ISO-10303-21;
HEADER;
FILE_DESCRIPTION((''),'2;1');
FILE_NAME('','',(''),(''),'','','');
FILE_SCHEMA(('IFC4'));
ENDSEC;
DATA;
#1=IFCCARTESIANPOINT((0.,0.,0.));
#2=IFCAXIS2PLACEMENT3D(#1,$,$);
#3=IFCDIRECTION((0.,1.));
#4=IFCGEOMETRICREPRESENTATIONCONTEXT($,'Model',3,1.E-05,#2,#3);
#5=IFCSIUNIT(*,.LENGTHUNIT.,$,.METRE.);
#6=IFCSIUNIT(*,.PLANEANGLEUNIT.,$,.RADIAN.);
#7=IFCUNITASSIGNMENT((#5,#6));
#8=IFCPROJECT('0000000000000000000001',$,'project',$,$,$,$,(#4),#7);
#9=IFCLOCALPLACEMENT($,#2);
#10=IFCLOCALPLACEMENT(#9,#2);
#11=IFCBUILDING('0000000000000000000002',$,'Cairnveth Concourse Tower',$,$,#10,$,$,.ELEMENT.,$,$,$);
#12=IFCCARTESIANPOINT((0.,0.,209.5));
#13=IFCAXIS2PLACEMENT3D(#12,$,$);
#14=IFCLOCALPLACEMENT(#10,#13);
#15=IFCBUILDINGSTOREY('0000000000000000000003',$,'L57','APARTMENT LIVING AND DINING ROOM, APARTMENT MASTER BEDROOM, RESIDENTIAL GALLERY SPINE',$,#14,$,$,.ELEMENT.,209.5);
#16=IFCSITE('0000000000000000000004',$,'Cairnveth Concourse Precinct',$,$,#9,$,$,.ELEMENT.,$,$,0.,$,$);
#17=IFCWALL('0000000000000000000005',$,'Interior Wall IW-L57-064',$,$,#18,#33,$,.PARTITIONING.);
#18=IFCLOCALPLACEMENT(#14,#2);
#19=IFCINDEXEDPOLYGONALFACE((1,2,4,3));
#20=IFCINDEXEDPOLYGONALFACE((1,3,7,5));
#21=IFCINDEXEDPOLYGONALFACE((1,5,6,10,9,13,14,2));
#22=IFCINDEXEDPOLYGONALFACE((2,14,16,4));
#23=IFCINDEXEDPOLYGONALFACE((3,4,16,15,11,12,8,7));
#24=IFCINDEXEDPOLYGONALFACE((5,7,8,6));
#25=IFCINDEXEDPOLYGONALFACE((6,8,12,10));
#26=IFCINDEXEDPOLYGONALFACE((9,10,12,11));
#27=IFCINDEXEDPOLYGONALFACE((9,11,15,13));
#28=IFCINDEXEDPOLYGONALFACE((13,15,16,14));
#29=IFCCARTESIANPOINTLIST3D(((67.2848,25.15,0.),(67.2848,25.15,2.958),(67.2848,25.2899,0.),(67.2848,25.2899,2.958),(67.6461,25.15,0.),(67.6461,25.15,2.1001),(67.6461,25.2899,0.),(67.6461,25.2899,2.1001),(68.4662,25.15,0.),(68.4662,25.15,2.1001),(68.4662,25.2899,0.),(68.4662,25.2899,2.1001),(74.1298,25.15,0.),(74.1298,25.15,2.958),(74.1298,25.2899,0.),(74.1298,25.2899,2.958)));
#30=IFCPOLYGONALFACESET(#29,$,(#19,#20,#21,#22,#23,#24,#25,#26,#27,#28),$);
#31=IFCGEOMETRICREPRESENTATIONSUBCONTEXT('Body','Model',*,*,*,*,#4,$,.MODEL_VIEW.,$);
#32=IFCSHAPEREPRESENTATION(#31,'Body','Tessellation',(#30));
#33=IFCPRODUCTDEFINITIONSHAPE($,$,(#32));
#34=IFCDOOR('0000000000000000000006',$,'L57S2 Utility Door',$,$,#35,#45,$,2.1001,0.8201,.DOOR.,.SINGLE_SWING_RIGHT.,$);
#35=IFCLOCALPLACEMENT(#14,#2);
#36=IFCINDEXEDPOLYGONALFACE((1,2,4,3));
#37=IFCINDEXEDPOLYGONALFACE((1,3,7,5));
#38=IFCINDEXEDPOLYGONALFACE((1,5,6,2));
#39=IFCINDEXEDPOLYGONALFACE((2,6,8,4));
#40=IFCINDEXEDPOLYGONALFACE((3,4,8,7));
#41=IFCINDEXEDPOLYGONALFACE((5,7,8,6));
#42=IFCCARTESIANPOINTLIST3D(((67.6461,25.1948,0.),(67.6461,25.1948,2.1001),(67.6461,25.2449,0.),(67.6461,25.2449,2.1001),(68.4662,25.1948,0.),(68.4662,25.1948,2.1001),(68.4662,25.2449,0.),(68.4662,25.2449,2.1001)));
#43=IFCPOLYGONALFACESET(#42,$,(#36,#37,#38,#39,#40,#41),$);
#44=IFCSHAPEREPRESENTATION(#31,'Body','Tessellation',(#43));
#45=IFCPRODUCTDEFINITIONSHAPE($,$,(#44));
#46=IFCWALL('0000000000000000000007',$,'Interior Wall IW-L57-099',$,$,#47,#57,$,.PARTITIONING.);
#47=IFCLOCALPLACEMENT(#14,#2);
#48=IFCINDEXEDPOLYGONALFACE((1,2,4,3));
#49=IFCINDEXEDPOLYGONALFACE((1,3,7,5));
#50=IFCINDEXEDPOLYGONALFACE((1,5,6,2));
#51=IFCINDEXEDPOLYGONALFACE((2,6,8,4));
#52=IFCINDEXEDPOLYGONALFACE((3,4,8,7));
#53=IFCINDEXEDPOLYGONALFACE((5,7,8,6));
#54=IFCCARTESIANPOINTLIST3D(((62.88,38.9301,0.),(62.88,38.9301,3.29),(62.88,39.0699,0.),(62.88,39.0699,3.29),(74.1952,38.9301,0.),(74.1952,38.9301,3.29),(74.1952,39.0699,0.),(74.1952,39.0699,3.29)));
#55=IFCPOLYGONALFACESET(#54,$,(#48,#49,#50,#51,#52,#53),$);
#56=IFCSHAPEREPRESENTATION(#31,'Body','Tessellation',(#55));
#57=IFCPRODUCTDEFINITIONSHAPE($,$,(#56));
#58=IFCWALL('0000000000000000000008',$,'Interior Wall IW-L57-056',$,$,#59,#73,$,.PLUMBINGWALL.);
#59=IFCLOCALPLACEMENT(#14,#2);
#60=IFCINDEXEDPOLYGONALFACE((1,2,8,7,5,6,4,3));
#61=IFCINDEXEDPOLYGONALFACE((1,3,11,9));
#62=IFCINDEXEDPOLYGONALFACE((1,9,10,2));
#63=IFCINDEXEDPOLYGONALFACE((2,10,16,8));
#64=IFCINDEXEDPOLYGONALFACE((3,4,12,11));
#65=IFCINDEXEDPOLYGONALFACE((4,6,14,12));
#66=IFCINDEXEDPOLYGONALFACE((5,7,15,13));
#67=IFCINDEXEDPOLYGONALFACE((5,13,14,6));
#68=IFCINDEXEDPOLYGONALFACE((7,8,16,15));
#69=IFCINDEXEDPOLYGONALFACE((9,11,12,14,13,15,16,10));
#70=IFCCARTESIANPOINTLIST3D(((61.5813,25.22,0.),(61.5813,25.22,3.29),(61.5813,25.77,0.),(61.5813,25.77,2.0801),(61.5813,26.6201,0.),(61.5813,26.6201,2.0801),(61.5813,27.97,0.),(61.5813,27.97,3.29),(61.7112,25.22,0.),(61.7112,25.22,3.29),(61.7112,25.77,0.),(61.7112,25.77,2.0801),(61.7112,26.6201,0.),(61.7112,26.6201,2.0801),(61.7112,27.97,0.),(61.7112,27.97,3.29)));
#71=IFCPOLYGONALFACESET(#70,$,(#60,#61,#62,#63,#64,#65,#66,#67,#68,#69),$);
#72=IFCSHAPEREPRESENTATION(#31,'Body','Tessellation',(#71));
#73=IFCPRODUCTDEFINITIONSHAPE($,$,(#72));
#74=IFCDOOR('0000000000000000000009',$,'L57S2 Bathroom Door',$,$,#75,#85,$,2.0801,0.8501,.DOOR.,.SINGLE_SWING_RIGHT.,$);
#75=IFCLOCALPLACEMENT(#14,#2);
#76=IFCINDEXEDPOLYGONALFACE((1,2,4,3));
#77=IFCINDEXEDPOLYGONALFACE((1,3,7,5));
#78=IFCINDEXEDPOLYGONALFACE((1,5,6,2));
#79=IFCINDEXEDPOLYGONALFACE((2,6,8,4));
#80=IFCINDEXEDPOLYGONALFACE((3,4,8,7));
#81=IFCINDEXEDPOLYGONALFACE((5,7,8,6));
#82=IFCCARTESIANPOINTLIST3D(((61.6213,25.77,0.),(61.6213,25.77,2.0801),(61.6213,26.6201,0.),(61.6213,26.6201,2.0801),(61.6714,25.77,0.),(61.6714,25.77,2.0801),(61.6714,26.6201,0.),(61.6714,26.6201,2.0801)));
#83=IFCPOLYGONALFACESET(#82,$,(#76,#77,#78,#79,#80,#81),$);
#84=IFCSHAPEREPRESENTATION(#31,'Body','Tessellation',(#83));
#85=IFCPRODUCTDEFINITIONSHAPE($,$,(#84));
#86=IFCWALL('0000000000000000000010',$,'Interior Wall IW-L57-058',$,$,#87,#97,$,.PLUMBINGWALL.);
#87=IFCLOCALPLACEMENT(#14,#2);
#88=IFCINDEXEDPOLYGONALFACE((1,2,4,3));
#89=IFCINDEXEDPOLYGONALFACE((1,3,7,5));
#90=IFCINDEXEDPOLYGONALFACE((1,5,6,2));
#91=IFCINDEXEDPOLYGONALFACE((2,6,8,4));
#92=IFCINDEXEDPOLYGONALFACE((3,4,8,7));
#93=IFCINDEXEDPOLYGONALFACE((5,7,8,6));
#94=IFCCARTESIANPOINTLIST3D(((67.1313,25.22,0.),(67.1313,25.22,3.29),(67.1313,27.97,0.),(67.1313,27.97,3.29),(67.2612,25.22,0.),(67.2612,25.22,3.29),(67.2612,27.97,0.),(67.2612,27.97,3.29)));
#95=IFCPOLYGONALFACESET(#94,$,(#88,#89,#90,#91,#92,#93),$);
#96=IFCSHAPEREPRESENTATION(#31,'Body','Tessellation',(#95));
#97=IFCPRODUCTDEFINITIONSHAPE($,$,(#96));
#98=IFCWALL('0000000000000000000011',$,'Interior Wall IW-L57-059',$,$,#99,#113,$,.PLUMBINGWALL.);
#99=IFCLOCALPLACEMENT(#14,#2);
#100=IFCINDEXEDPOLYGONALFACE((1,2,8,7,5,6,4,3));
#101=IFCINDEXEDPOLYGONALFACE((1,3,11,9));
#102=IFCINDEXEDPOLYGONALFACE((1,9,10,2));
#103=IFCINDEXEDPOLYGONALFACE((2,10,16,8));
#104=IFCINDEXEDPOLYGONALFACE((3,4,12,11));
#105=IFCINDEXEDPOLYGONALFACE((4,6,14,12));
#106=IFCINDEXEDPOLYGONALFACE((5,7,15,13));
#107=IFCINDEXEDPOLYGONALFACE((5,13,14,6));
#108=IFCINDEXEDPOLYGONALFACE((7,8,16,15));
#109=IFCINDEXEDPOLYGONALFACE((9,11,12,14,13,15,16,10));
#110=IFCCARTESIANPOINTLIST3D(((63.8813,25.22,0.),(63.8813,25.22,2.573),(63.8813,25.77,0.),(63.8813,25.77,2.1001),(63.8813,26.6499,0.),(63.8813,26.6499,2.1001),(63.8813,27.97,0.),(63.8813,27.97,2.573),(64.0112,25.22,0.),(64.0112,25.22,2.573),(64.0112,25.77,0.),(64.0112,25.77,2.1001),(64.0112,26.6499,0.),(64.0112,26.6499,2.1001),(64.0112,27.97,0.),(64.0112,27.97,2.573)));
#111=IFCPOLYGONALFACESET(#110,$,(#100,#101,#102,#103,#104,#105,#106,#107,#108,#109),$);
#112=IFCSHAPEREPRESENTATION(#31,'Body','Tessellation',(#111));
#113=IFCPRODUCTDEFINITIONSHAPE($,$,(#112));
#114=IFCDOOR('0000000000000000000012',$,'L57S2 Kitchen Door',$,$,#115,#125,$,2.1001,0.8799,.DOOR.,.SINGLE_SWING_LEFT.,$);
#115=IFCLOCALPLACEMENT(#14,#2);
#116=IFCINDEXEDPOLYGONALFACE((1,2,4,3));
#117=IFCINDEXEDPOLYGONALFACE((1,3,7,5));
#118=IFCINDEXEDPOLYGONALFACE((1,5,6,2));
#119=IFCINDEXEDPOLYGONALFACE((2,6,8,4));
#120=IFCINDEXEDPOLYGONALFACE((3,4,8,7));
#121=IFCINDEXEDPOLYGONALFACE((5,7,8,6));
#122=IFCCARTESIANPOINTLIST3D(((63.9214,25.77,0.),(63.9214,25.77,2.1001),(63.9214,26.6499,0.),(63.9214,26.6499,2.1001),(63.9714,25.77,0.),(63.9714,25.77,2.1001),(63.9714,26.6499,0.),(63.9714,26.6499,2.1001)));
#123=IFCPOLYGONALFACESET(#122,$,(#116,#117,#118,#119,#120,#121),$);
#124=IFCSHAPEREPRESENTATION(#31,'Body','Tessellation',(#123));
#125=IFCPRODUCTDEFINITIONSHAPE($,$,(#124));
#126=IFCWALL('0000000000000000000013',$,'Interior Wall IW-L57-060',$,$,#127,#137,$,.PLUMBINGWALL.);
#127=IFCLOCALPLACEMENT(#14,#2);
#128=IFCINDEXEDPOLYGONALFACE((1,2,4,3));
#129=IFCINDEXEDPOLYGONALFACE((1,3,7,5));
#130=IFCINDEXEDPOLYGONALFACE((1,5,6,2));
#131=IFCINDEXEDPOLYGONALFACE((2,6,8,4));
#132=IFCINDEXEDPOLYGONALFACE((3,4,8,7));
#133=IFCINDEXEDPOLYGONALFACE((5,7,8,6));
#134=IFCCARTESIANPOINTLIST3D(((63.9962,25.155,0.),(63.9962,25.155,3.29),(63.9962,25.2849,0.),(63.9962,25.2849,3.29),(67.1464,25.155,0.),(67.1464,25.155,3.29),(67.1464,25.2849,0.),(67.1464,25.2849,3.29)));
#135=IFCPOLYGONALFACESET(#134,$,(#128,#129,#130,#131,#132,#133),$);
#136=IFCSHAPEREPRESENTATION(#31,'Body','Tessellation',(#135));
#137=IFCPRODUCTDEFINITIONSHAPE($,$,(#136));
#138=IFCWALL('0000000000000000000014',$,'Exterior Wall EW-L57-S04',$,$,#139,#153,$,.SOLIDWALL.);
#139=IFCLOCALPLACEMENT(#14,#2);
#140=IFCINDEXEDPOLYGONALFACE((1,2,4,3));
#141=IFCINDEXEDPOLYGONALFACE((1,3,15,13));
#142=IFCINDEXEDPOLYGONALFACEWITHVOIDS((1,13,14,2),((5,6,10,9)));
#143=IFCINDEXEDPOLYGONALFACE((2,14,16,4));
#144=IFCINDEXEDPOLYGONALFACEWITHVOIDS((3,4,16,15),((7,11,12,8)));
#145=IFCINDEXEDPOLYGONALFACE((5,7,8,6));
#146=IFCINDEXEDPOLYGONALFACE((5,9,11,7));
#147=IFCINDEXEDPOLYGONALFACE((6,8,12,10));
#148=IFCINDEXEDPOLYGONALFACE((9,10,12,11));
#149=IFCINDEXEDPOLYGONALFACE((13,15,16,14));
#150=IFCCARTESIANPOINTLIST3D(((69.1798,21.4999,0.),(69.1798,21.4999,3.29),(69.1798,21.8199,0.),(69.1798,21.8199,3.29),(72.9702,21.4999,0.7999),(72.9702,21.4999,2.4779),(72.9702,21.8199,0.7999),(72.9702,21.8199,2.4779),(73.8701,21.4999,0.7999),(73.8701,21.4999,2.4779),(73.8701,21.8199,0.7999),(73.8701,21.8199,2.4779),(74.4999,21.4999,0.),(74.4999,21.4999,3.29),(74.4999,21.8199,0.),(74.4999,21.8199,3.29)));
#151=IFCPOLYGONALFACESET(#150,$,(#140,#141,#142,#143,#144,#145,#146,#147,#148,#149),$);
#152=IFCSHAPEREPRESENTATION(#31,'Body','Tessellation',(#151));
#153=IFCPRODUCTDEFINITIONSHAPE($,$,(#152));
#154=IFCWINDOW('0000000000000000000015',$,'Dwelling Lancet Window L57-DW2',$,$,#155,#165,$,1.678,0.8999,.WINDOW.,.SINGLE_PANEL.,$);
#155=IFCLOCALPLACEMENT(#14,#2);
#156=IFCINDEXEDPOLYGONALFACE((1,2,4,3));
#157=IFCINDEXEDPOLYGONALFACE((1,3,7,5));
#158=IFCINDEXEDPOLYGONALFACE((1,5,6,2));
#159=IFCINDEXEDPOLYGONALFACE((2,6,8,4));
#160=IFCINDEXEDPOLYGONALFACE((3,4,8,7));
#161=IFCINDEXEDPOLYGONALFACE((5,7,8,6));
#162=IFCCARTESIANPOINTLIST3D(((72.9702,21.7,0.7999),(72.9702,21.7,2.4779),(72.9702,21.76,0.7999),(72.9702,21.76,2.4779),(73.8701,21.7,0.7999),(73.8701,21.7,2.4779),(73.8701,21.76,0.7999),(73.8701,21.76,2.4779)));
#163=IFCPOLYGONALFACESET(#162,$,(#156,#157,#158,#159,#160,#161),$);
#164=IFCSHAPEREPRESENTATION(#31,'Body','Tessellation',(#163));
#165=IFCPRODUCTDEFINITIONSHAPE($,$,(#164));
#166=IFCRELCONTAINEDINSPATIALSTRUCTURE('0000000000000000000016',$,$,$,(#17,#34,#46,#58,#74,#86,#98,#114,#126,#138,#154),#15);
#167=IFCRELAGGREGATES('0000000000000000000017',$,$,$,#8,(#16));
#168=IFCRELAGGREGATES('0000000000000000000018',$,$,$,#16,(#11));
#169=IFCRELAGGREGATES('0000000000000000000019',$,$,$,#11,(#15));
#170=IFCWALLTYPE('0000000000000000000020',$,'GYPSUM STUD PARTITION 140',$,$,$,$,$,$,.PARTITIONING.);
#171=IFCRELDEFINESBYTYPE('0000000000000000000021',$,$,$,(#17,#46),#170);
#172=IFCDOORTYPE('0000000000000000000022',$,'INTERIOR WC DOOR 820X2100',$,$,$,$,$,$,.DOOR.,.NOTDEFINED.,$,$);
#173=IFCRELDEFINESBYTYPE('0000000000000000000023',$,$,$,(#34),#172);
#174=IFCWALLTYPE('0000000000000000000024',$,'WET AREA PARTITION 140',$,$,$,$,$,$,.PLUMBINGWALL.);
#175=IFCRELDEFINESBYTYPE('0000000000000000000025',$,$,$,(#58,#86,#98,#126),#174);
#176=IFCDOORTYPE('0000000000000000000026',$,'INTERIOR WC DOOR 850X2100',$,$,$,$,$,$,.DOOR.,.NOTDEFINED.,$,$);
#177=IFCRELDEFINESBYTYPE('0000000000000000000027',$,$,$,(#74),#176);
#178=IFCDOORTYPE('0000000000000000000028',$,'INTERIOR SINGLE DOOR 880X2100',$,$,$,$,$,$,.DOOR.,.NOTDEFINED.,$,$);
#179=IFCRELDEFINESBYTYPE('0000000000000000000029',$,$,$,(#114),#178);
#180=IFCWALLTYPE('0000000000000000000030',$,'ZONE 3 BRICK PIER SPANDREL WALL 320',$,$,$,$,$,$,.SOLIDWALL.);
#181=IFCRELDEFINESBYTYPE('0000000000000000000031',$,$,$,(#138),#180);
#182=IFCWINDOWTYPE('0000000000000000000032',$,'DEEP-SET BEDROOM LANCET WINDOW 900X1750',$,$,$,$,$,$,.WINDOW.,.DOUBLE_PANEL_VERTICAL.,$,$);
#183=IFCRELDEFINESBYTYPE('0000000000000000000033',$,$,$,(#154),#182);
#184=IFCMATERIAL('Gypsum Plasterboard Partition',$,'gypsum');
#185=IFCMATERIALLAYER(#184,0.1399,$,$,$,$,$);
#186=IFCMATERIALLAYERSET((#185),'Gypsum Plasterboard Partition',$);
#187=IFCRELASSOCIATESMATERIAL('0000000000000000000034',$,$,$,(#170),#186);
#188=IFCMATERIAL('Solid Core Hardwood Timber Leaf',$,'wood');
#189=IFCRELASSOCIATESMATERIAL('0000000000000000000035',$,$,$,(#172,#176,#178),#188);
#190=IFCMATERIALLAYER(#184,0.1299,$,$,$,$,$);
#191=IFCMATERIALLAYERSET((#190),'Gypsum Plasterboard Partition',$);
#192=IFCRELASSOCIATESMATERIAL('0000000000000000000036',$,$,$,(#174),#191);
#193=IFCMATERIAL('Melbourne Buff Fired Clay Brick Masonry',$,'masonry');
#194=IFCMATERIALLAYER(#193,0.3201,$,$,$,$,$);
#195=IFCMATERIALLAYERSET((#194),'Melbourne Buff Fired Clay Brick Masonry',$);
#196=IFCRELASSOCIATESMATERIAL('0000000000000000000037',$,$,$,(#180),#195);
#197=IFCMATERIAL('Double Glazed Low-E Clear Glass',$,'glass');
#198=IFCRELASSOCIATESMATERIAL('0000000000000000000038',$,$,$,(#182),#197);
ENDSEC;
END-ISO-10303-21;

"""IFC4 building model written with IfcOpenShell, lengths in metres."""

from ifc_helpers import new_model, si_unit, direction, frame, frame_2d, origin, place, context, subcontext, project, spatial, rectangle, extrude, material, layer, layer_set, type_object, element, fill, save


model = new_model("IFC4")

# Units and contexts
model_context = context("Model", 3, precision=1e-05, world=origin(), true_north=direction((0.0, 1.0)))
body_context = subcontext(model_context, "Body", "Model", "MODEL_VIEW")
ifc_project = project(units=[si_unit("LENGTHUNIT", "METRE"), si_unit("PLANEANGLEUNIT", "RADIAN")], contexts=[model_context])

# Site, building, storey
site_placement = place(None, origin())
site = spatial("IfcSite", under=ifc_project, at=site_placement, Name="Cairnveth Concourse Precinct", CompositionType="ELEMENT", RefElevation=0.0)
building_placement = place(site_placement, origin())
building = spatial("IfcBuilding", under=site, at=building_placement, Name="Cairnveth Concourse Tower", CompositionType="ELEMENT")
storey_placement = place(building_placement, frame((0.0, 0.0, 209.5)))
storey = spatial("IfcBuildingStorey", under=building, at=storey_placement, Name="L57", Description="APARTMENT LIVING AND DINING ROOM, APARTMENT MASTER BEDROOM, RESIDENTIAL GALLERY SPINE", CompositionType="ELEMENT", Elevation=209.5)

# Shared definitions
ifc_material_1 = material(Name="Gypsum Plasterboard Partition", Category="gypsum")
ifc_material_2 = material(Name="Solid Core Hardwood Timber Leaf", Category="wood")

# Wall, opening, door
ifc_layer_1 = layer(ifc_material_1, 0.1399)
ifc_layer_set_1 = layer_set([ifc_layer_1], Name="Gypsum Plasterboard Partition")
wall_type_1 = type_object("IfcWallType", Name="GYPSUM STUD PARTITION 140", PredefinedType="PARTITIONING", material=ifc_layer_set_1)
wall_1_placement = place(storey_placement, frame((67.2849, 25.22, 0.0), z_axis=(0.0, 0.0, 1.0), x_axis=(1.0, 0.0, 0.0)))
wall_1 = element("IfcWall", 1, at=wall_1_placement, inside=storey, type_object=wall_type_1, Name="Interior Wall IW-L57-064", PredefinedType="PARTITIONING", context=body_context, shape_type="SweptSolid", body=[
    extrude(rectangle(XDim=6.845, YDim=0.1399, at=frame_2d((3.4224, 0.0))), origin(), (0.0, 0.0, 1.0), 2.958),
])
opening_1_placement = place(wall_1_placement, frame((0.3611, 0.0, 0.0)))
opening_1 = element("IfcOpeningElement", 2, at=opening_1_placement, cuts=wall_1, PredefinedType="OPENING", context=body_context, shape_type="SweptSolid", body=[
    extrude(rectangle(XDim=0.8201, YDim=2.1001, at=frame_2d((0.4102, 1.05))), frame((0.0, 0.0798, 0.0), z_axis=(0.0, -1.0, 0.0), x_axis=(1.0, 0.0, 0.0)), (0.0, 0.0, 1.0), 0.1599),
])
door_type_1 = type_object("IfcDoorType", Name="INTERIOR WC DOOR 820X2100", OperationType="NOTDEFINED", PredefinedType="DOOR", material=ifc_material_2)
door_1_placement = place(opening_1_placement, origin())
door_1 = element("IfcDoor", 3, at=door_1_placement, inside=storey, type_object=door_type_1, Name="L57S2 Utility Door", OperationType="SINGLE_SWING_RIGHT", OverallHeight=2.1001, OverallWidth=0.8201, PredefinedType="DOOR", context=body_context, shape_type="SweptSolid", body=[
    extrude(rectangle(XDim=0.8201, YDim=2.1001, at=frame_2d((0.4102, 1.05))), frame((0.0, 0.0249, 0.0), z_axis=(0.0, -1.0, 0.0), x_axis=(1.0, 0.0, 0.0)), (0.0, 0.0, 1.0), 0.05),
])
fill(opening_1, door_1)

# Wall
wall_2_placement = place(storey_placement, frame((62.8799, 39.0, 0.0), z_axis=(0.0, 0.0, 1.0), x_axis=(1.0, 0.0, 0.0)))
element("IfcWall", 4, at=wall_2_placement, inside=storey, type_object=wall_type_1, Name="Interior Wall IW-L57-099", PredefinedType="PARTITIONING", context=body_context, shape_type="SweptSolid", body=[
    extrude(rectangle(XDim=11.3152, YDim=0.1399, at=frame_2d((5.6577, 0.0))), origin(), (0.0, 0.0, 1.0), 3.29),
])

# Wall, opening, door
ifc_layer_2 = layer(ifc_material_1, 0.1299)
ifc_layer_set_2 = layer_set([ifc_layer_2], Name="Gypsum Plasterboard Partition")
wall_type_2 = type_object("IfcWallType", Name="WET AREA PARTITION 140", PredefinedType="PLUMBINGWALL", material=ifc_layer_set_2)
wall_3_placement = place(storey_placement, frame((61.6462, 25.22, 0.0), z_axis=(0.0, 0.0, 1.0), x_axis=(0.0, 1.0, 0.0)))
wall_3 = element("IfcWall", 5, at=wall_3_placement, inside=storey, type_object=wall_type_2, Name="Interior Wall IW-L57-056", PredefinedType="PLUMBINGWALL", context=body_context, shape_type="SweptSolid", body=[
    extrude(rectangle(XDim=2.75, YDim=0.1299, at=frame_2d((1.375, 0.0))), origin(), (0.0, 0.0, 1.0), 3.29),
])
opening_2_placement = place(wall_3_placement, frame((0.55, 0.0, 0.0)))
opening_2 = element("IfcOpeningElement", 6, at=opening_2_placement, cuts=wall_3, PredefinedType="OPENING", context=body_context, shape_type="SweptSolid", body=[
    extrude(rectangle(XDim=0.8501, YDim=2.0801, at=frame_2d((0.425, 1.04))), frame((0.0, 0.075, 0.0), z_axis=(0.0, -1.0, 0.0), x_axis=(1.0, 0.0, 0.0)), (0.0, 0.0, 1.0), 0.1499),
])
door_type_2 = type_object("IfcDoorType", Name="INTERIOR WC DOOR 850X2100", OperationType="NOTDEFINED", PredefinedType="DOOR", material=ifc_material_2)
door_2_placement = place(opening_2_placement, origin())
door_2 = element("IfcDoor", 7, at=door_2_placement, inside=storey, type_object=door_type_2, Name="L57S2 Bathroom Door", OperationType="SINGLE_SWING_RIGHT", OverallHeight=2.0801, OverallWidth=0.8501, PredefinedType="DOOR", context=body_context, shape_type="SweptSolid", body=[
    extrude(rectangle(XDim=0.8501, YDim=2.0801, at=frame_2d((0.425, 1.04))), frame((0.0, 0.0249, 0.0), z_axis=(0.0, -1.0, 0.0), x_axis=(1.0, 0.0, 0.0)), (0.0, 0.0, 1.0), 0.05),
])
fill(opening_2, door_2)

# Wall
wall_4_placement = place(storey_placement, frame((67.1963, 25.22, 0.0), z_axis=(0.0, 0.0, 1.0), x_axis=(0.0, 1.0, 0.0)))
element("IfcWall", 8, at=wall_4_placement, inside=storey, type_object=wall_type_2, Name="Interior Wall IW-L57-058", PredefinedType="PLUMBINGWALL", context=body_context, shape_type="SweptSolid", body=[
    extrude(rectangle(XDim=2.75, YDim=0.1299, at=frame_2d((1.375, 0.0))), origin(), (0.0, 0.0, 1.0), 3.29),
])

# Wall, opening, door
wall_5_placement = place(storey_placement, frame((63.9463, 25.22, 0.0), z_axis=(0.0, 0.0, 1.0), x_axis=(0.0, 1.0, 0.0)))
wall_5 = element("IfcWall", 9, at=wall_5_placement, inside=storey, type_object=wall_type_2, Name="Interior Wall IW-L57-059", PredefinedType="PLUMBINGWALL", context=body_context, shape_type="SweptSolid", body=[
    extrude(rectangle(XDim=2.75, YDim=0.1299, at=frame_2d((1.375, 0.0))), origin(), (0.0, 0.0, 1.0), 2.573),
])
opening_3_placement = place(wall_5_placement, frame((0.55, 0.0, 0.0)))
opening_3 = element("IfcOpeningElement", 10, at=opening_3_placement, cuts=wall_5, PredefinedType="OPENING", context=body_context, shape_type="SweptSolid", body=[
    extrude(rectangle(XDim=0.8799, YDim=2.1001, at=frame_2d((0.4399, 1.05))), frame((0.0, 0.075, 0.0), z_axis=(0.0, -1.0, 0.0), x_axis=(1.0, 0.0, 0.0)), (0.0, 0.0, 1.0), 0.1499),
])
door_type_3 = type_object("IfcDoorType", Name="INTERIOR SINGLE DOOR 880X2100", OperationType="NOTDEFINED", PredefinedType="DOOR", material=ifc_material_2)
door_3_placement = place(opening_3_placement, origin())
door_3 = element("IfcDoor", 11, at=door_3_placement, inside=storey, type_object=door_type_3, Name="L57S2 Kitchen Door", OperationType="SINGLE_SWING_LEFT", OverallHeight=2.1001, OverallWidth=0.8799, PredefinedType="DOOR", context=body_context, shape_type="SweptSolid", body=[
    extrude(rectangle(XDim=0.8799, YDim=2.1001, at=frame_2d((0.4399, 1.05))), frame((0.0, 0.0249, 0.0), z_axis=(0.0, -1.0, 0.0), x_axis=(1.0, 0.0, 0.0)), (0.0, 0.0, 1.0), 0.05),
])
fill(opening_3, door_3)

# Wall
wall_6_placement = place(storey_placement, frame((63.9961, 25.22, 0.0), z_axis=(0.0, 0.0, 1.0), x_axis=(1.0, 0.0, 0.0)))
element("IfcWall", 12, at=wall_6_placement, inside=storey, type_object=wall_type_2, Name="Interior Wall IW-L57-060", PredefinedType="PLUMBINGWALL", context=body_context, shape_type="SweptSolid", body=[
    extrude(rectangle(XDim=3.1501, YDim=0.1299, at=frame_2d((1.5752, 0.0))), origin(), (0.0, 0.0, 1.0), 3.29),
])

# Wall, opening, window
ifc_material_3 = material(Name="Melbourne Buff Fired Clay Brick Masonry", Category="masonry")
ifc_layer_3 = layer(ifc_material_3, 0.3201)
ifc_layer_set_3 = layer_set([ifc_layer_3], Name="Melbourne Buff Fired Clay Brick Masonry")
wall_type_3 = type_object("IfcWallType", Name="ZONE 3 BRICK PIER SPANDREL WALL 320", PredefinedType="SOLIDWALL", material=ifc_layer_set_3)
wall_7_placement = place(storey_placement, frame((74.5, 21.6599, 0.0), z_axis=(0.0, 0.0, 1.0), x_axis=(-1.0, 0.0, 0.0)))
wall_7 = element("IfcWall", 13, at=wall_7_placement, inside=storey, type_object=wall_type_3, Name="Exterior Wall EW-L57-S04", PredefinedType="SOLIDWALL", context=body_context, shape_type="SweptSolid", body=[
    extrude(rectangle(XDim=5.3201, YDim=0.3201, at=frame_2d((2.6602, 0.0))), origin(), (0.0, 0.0, 1.0), 3.29),
])
opening_4_placement = place(wall_7_placement, frame((0.6299, 0.0, 0.8)))
opening_4 = element("IfcOpeningElement", 14, at=opening_4_placement, cuts=wall_7, PredefinedType="OPENING", context=body_context, shape_type="SweptSolid", body=[
    extrude(rectangle(XDim=0.8999, YDim=1.678, at=frame_2d((0.45, 0.8389))), frame((0.0, 0.1699, 0.0), z_axis=(0.0, -1.0, 0.0), x_axis=(1.0, 0.0, 0.0)), (0.0, 0.0, 1.0), 0.3401),
])
ifc_material_4 = material(Name="Double Glazed Low-E Clear Glass", Category="glass")
window_type = type_object("IfcWindowType", Name="DEEP-SET BEDROOM LANCET WINDOW 900X1750", PartitioningType="DOUBLE_PANEL_VERTICAL", PredefinedType="WINDOW", material=ifc_material_4)
window_placement = place(opening_4_placement, origin())
window = element("IfcWindow", 15, at=window_placement, inside=storey, type_object=window_type, Name="Dwelling Lancet Window L57-DW2", OverallHeight=1.678, OverallWidth=0.8999, PartitioningType="SINGLE_PANEL", PredefinedType="WINDOW", context=body_context, shape_type="SweptSolid", body=[
    extrude(rectangle(XDim=0.8999, YDim=1.678, at=frame_2d((0.45, 0.8389))), frame((0.0, -0.04, 0.0), z_axis=(0.0, -1.0, 0.0), x_axis=(1.0, 0.0, 0.0)), (0.0, 0.0, 1.0), 0.0601),
])
fill(opening_4, window)

save(model, "model.ifc")
